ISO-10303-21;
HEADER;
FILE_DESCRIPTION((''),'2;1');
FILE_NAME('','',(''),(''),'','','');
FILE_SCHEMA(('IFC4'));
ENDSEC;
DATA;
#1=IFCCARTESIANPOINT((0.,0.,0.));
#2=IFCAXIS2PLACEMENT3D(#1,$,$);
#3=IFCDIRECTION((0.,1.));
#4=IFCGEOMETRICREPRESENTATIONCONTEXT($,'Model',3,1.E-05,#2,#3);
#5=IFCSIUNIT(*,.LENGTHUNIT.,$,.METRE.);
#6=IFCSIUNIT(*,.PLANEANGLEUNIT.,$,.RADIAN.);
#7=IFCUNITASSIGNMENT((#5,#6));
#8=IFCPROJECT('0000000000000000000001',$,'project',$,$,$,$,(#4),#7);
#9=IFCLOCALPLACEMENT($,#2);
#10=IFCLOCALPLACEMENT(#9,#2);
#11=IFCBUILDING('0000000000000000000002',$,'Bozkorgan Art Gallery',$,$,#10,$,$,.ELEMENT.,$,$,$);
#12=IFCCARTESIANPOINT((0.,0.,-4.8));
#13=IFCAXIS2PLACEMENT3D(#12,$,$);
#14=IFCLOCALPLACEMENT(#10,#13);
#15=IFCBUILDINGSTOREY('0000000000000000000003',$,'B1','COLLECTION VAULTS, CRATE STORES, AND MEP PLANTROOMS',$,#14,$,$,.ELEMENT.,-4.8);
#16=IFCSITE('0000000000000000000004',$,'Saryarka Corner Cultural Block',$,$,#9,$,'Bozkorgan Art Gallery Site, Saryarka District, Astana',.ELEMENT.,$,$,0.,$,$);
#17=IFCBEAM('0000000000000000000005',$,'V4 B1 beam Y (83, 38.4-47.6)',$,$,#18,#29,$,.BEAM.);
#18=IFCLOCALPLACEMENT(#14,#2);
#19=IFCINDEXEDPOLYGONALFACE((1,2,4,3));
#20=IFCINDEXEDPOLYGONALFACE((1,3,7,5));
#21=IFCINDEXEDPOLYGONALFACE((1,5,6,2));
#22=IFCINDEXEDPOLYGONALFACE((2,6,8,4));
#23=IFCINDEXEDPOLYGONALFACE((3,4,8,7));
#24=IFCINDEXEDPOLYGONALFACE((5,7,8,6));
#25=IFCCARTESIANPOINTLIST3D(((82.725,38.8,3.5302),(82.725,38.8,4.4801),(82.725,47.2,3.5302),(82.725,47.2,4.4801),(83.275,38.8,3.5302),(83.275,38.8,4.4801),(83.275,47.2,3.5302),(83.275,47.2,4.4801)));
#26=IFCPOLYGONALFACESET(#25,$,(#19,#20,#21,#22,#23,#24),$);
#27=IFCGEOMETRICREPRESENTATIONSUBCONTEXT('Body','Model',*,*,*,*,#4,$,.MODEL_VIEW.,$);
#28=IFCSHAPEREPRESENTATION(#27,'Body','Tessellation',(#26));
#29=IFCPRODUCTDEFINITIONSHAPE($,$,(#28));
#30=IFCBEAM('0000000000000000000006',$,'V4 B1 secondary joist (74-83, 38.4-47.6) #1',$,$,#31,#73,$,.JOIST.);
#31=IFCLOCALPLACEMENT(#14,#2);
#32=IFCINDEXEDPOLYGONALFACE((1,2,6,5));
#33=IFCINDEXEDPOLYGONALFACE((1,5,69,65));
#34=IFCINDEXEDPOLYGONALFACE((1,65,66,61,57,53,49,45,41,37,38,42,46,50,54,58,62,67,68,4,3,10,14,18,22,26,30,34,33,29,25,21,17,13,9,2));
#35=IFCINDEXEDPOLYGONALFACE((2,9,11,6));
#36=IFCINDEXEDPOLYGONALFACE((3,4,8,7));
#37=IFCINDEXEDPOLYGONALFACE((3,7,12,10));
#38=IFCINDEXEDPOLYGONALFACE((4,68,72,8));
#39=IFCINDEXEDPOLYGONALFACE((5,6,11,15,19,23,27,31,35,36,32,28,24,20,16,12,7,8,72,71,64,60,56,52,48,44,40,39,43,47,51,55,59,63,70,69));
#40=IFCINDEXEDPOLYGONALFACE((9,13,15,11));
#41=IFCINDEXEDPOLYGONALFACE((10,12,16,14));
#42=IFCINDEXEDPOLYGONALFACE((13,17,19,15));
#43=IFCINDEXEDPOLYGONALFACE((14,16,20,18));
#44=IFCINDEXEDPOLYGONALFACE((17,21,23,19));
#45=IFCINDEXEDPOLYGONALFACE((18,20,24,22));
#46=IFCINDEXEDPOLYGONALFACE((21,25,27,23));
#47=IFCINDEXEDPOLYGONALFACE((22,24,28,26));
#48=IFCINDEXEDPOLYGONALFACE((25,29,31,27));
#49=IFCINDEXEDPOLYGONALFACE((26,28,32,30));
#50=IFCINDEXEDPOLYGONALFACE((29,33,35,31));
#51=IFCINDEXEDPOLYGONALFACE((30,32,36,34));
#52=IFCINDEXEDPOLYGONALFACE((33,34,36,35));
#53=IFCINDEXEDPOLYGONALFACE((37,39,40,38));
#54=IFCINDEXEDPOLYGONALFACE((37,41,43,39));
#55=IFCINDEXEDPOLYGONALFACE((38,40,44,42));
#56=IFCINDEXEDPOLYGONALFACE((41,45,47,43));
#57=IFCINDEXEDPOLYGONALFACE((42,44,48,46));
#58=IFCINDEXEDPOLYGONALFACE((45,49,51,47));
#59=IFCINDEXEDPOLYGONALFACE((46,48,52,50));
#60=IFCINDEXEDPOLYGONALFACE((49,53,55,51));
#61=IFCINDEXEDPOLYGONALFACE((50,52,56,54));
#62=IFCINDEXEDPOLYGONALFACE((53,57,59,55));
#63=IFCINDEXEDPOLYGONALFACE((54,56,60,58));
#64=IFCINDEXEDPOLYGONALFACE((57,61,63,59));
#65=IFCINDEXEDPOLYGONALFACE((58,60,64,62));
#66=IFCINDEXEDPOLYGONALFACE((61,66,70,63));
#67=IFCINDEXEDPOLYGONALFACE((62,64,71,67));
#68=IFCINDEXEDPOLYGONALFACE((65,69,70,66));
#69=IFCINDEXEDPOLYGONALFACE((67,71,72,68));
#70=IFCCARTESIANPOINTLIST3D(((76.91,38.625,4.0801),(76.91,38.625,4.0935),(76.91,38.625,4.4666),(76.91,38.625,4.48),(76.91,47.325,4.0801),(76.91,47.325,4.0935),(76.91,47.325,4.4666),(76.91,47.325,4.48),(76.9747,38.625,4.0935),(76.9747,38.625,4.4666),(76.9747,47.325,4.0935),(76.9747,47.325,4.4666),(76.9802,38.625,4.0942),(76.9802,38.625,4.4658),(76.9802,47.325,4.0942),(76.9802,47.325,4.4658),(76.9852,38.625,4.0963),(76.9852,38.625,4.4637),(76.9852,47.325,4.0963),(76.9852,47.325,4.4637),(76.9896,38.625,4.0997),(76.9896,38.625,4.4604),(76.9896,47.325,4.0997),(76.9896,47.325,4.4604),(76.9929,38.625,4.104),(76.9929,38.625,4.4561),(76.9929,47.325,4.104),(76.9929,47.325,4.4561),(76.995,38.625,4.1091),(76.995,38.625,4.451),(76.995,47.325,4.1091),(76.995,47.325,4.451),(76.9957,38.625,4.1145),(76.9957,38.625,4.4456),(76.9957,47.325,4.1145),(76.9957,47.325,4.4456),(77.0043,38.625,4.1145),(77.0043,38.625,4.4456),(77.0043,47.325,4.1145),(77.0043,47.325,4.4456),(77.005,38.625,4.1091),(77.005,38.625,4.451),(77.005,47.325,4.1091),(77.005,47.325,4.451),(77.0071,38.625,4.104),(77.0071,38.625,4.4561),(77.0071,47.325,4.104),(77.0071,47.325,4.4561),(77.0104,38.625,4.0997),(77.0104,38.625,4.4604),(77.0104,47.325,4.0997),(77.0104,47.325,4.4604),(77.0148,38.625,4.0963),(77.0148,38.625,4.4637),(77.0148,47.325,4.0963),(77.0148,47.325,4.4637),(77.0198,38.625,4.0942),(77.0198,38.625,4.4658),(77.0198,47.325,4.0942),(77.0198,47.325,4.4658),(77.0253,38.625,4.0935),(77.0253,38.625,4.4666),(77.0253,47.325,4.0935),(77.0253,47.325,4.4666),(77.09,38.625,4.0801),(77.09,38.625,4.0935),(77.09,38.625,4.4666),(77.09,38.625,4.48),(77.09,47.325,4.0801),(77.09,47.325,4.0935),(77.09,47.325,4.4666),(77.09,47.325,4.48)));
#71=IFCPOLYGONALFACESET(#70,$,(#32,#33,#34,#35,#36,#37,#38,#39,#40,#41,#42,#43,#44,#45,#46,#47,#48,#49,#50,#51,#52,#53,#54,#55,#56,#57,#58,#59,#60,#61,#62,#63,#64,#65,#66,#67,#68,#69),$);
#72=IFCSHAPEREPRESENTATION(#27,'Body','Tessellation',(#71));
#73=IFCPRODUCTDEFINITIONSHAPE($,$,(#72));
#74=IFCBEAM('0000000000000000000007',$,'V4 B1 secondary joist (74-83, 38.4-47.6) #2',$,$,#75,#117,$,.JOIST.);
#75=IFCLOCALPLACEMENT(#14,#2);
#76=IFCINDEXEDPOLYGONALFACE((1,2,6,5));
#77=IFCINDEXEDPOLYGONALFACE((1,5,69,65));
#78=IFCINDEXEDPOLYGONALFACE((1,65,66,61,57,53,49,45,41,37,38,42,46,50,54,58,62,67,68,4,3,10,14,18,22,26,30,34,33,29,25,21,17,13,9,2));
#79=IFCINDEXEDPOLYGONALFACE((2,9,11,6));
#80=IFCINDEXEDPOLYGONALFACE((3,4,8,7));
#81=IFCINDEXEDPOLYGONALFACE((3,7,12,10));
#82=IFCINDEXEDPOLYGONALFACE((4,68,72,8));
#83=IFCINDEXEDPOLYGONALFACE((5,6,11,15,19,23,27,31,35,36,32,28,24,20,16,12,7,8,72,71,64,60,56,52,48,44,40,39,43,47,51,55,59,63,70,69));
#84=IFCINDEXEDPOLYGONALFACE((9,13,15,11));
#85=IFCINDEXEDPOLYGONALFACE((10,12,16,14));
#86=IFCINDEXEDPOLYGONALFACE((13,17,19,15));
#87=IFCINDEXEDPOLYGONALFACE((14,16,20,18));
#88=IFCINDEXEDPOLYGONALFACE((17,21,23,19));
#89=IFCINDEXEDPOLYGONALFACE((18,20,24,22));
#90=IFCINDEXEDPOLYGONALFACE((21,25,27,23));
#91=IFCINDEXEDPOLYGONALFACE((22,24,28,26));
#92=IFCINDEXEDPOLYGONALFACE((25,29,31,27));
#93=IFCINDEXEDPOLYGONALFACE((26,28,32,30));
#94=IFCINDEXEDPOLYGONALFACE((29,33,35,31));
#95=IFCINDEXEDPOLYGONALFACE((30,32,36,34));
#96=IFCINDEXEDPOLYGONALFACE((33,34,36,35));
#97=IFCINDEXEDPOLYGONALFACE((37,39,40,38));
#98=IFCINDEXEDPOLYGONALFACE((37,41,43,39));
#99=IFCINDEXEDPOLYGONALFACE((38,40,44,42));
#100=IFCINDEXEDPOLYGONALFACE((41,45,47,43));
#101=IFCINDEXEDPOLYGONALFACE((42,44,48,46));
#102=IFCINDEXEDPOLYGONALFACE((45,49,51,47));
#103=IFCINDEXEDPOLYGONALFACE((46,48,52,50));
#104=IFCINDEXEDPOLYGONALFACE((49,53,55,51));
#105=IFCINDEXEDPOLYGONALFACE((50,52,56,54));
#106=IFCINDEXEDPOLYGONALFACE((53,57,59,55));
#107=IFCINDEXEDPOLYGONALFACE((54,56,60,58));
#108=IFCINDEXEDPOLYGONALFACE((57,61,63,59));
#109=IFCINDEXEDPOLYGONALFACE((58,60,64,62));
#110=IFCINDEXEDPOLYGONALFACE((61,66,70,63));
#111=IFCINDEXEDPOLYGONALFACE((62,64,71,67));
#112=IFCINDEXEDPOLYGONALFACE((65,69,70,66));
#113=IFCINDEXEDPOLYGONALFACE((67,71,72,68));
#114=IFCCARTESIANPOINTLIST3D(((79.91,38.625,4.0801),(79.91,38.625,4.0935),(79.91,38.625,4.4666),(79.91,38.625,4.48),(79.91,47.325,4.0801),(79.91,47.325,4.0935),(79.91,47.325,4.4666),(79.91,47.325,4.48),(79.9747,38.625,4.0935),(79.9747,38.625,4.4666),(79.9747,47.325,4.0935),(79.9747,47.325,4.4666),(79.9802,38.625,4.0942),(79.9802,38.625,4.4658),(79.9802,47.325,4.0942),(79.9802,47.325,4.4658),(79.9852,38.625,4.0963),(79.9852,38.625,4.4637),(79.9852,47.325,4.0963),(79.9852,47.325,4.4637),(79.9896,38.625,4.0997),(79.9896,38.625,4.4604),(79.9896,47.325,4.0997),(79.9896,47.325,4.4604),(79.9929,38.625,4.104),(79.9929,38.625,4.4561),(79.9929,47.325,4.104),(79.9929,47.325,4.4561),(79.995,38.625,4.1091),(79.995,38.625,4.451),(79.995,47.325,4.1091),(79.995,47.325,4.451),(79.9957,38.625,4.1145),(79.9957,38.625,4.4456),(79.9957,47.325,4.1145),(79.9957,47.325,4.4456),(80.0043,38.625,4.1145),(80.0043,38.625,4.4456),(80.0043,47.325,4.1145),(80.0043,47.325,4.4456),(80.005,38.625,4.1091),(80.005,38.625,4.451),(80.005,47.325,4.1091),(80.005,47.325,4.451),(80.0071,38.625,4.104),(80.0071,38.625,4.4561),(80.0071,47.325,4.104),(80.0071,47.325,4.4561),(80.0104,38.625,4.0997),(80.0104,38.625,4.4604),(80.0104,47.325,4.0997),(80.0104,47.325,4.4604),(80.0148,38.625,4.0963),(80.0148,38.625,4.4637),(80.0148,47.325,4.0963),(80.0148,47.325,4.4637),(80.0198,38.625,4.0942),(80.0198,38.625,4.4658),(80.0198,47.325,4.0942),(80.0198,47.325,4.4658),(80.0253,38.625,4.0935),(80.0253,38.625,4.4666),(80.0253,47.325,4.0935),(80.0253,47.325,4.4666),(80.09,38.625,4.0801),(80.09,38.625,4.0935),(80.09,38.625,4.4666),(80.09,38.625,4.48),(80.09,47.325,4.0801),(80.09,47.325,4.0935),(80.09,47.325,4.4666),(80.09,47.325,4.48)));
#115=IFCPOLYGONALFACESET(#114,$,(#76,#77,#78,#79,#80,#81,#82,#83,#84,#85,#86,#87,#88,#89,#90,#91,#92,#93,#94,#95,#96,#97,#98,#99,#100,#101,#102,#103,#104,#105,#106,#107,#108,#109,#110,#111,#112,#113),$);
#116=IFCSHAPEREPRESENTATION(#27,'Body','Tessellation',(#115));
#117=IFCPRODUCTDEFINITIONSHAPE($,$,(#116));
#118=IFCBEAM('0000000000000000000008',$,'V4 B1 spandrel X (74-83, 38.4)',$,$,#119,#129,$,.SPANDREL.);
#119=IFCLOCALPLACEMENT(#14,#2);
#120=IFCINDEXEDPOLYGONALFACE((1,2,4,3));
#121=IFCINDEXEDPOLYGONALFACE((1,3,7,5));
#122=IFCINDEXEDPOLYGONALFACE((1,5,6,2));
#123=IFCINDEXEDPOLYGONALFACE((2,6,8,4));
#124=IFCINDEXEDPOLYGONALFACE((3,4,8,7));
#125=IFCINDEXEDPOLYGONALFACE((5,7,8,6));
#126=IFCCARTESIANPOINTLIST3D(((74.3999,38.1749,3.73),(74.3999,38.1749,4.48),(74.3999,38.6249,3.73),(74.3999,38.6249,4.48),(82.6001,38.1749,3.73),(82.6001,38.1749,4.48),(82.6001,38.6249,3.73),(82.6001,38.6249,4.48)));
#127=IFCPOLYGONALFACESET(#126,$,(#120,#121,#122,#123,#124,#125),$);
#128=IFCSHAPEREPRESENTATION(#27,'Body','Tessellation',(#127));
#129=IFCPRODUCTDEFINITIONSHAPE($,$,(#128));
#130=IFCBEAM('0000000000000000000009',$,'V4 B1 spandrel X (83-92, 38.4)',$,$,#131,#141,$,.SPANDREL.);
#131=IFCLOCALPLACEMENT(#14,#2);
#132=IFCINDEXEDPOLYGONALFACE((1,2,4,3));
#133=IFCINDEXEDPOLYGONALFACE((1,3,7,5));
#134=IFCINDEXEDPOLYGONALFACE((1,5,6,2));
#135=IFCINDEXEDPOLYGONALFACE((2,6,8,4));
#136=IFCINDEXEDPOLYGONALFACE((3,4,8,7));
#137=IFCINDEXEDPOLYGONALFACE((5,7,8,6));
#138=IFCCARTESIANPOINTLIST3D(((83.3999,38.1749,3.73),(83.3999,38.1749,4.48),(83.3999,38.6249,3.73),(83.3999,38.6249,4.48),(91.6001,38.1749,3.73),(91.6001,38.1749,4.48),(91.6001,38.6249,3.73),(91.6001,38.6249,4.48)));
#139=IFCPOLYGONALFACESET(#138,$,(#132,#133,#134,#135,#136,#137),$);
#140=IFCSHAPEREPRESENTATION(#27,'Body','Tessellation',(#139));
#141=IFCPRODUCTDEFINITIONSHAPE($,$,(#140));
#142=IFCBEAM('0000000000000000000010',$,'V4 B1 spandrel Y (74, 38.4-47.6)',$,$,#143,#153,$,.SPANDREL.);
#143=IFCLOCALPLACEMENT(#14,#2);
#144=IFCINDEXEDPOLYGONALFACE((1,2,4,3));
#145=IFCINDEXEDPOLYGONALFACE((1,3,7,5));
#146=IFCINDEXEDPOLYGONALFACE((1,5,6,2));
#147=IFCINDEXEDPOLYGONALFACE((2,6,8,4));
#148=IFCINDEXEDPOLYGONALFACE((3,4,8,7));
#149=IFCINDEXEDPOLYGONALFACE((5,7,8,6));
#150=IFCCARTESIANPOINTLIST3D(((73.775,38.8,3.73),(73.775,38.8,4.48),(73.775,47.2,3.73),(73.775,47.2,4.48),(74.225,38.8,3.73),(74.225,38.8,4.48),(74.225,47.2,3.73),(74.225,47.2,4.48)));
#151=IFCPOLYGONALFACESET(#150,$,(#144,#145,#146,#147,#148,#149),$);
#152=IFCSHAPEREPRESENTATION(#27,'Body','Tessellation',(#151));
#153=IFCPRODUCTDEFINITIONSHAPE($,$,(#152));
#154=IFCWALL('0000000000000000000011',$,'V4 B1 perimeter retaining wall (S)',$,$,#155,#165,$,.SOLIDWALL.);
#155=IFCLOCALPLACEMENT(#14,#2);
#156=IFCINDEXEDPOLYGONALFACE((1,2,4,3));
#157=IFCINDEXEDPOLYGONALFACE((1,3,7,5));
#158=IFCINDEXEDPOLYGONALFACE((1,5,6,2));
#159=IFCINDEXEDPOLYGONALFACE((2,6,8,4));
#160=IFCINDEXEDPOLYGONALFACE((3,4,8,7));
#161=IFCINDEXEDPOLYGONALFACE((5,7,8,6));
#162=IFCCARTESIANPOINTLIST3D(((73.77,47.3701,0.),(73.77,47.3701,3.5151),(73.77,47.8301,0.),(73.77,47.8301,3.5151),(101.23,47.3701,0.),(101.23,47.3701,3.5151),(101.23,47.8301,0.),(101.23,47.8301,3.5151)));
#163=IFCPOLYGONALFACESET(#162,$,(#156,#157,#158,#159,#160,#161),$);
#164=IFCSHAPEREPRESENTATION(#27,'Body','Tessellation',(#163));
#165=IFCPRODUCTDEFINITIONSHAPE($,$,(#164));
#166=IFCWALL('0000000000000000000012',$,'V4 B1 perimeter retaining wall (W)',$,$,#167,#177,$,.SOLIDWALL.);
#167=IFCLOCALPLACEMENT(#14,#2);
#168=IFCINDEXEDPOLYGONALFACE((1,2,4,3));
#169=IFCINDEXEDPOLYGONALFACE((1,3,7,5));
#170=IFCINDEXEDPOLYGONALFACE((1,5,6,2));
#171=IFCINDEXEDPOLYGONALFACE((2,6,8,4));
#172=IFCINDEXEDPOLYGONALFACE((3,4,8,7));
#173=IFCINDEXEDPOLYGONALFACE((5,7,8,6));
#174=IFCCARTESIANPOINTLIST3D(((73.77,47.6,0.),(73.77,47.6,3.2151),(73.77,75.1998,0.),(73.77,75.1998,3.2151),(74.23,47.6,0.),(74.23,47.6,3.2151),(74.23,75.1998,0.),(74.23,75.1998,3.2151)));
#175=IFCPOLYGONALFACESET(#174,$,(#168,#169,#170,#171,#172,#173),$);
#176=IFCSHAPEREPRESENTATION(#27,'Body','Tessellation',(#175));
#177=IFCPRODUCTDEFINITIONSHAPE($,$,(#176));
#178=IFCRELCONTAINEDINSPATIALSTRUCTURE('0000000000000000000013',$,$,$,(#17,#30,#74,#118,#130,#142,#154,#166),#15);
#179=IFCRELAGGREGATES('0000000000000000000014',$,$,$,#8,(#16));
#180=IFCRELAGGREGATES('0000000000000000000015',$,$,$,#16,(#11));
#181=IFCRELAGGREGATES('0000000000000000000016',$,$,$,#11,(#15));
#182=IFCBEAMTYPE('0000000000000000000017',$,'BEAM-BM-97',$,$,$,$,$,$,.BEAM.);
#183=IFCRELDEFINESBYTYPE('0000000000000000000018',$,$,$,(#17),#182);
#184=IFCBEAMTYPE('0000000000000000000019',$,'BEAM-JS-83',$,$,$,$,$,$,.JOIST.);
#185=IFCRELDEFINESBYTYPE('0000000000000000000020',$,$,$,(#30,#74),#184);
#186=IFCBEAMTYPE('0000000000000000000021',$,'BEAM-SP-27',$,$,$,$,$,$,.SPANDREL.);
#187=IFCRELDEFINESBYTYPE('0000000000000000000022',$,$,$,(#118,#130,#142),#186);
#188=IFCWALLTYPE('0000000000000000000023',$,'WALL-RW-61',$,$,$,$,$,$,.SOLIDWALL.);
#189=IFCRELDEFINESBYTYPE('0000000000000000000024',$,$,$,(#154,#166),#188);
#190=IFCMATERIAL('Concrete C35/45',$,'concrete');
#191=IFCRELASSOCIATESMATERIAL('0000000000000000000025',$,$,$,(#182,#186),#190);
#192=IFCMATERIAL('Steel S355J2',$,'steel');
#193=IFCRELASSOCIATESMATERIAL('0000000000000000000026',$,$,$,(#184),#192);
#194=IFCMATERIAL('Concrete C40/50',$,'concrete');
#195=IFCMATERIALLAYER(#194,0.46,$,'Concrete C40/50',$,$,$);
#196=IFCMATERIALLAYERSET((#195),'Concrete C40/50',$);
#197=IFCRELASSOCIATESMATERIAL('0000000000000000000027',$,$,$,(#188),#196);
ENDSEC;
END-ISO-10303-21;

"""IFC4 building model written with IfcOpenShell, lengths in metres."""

from ifc_helpers import new_model, si_unit, direction, frame, frame_2d, origin, origin_2d, place, context, subcontext, project, spatial, rectangle, i_section, extrude, material, layer, layer_set, material_profile, profile_set, type_object, element, save


model = new_model("IFC4")

# Units and contexts
model_context = context("Model", 3, precision=1e-05, world=origin(), true_north=direction((0.0, 1.0)))
body_context = subcontext(model_context, "Body", "Model", "MODEL_VIEW")
ifc_project = project(units=[si_unit("LENGTHUNIT", "METRE"), si_unit("PLANEANGLEUNIT", "RADIAN")], contexts=[model_context])

# Site, building, storey
site_placement = place(None, origin())
site = spatial("IfcSite", under=ifc_project, at=site_placement, Name="Saryarka Corner Cultural Block", LongName="Bozkorgan Art Gallery Site, Saryarka District, Astana", CompositionType="ELEMENT", RefElevation=0.0)
building_placement = place(site_placement, origin())
building = spatial("IfcBuilding", under=site, at=building_placement, Name="Bozkorgan Art Gallery", CompositionType="ELEMENT")
storey_placement = place(building_placement, frame((0.0, 0.0, -4.8)))
storey = spatial("IfcBuildingStorey", under=building, at=storey_placement, Name="B1", Description="COLLECTION VAULTS, CRATE STORES, AND MEP PLANTROOMS", CompositionType="ELEMENT", Elevation=-4.8)

# Shared definitions
ifc_material_1 = material(Name="Concrete C40/50", Category="concrete")

# Beams
ifc_material_2 = material(Name="Concrete C35/45", Category="concrete")
ifc_material_profile_1 = material_profile(ifc_material_2, rectangle(XDim=0.55, YDim=0.95, at=origin_2d()), Name="RC 550x950")
ifc_profile_set_1 = profile_set([ifc_material_profile_1], Name="Concrete C35/45")
beam_type_1 = type_object("IfcBeamType", Name="BEAM-BM-97", PredefinedType="BEAM", material=ifc_profile_set_1)
beam_1_placement = place(storey_placement, frame((83.0, 38.8, 4.0051), z_axis=(0.0, 1.0, 0.0), x_axis=(-1.0, 0.0, 0.0)))
element("IfcBeam", 1, at=beam_1_placement, inside=storey, type_object=beam_type_1, Name="V4 B1 beam Y (83, 38.4-47.6)", PredefinedType="BEAM", context=body_context, shape_type="SweptSolid", body=[
    extrude(rectangle(XDim=0.55, YDim=0.95, at=origin_2d()), origin(), (0.0, 0.0, 1.0), 8.3999),
])
ifc_material_3 = material(Name="Steel S355J2", Category="steel")
ifc_material_profile_2 = material_profile(ifc_material_3, i_section(OverallWidth=0.1799, OverallDepth=0.3999, WebThickness=0.0085, FlangeThickness=0.0134, FilletRadius=0.021, at=origin_2d()), Name="IPE 400")
ifc_profile_set_2 = profile_set([ifc_material_profile_2], Name="Steel S355J2")
beam_type_2 = type_object("IfcBeamType", Name="BEAM-JS-83", PredefinedType="JOIST", material=ifc_profile_set_2)
for number, where, z_axis, x_axis, name in (
    (2, (77.0, 38.625, 4.28), (0.0, 1.0, 0.0), (-1.0, 0.0, 0.0), "V4 B1 secondary joist (74-83, 38.4-47.6) #1"),
    (3, (80.0, 38.625, 4.28), (0.0, 1.0, 0.0), (-1.0, 0.0, 0.0), "V4 B1 secondary joist (74-83, 38.4-47.6) #2"),
):
    element("IfcBeam", number, at=place(storey_placement, frame(where, z_axis=z_axis, x_axis=x_axis)), inside=storey, type_object=beam_type_2, Name=name, PredefinedType="JOIST", context=body_context, shape_type="SweptSolid", body=[
        extrude(i_section(OverallWidth=0.1799, OverallDepth=0.3999, WebThickness=0.0085, FlangeThickness=0.0134, FilletRadius=0.021, at=origin_2d()), origin(), (0.0, 0.0, 1.0), 8.7),
    ])
ifc_material_profile_3 = material_profile(ifc_material_2, rectangle(XDim=0.45, YDim=0.75, at=origin_2d()), Name="RC 450x750")
ifc_profile_set_3 = profile_set([ifc_material_profile_3], Name="Concrete C35/45")
beam_type_3 = type_object("IfcBeamType", Name="BEAM-SP-27", PredefinedType="SPANDREL", material=ifc_profile_set_3)
for number, where, z_axis, x_axis, name in (
    (4, (74.3999, 38.3999, 4.105), (1.0, 0.0, 0.0), (0.0, 1.0, 0.0), "V4 B1 spandrel X (74-83, 38.4)"),
    (5, (83.3999, 38.3999, 4.105), (1.0, 0.0, 0.0), (0.0, 1.0, 0.0), "V4 B1 spandrel X (83-92, 38.4)"),
):
    element("IfcBeam", number, at=place(storey_placement, frame(where, z_axis=z_axis, x_axis=x_axis)), inside=storey, type_object=beam_type_3, Name=name, PredefinedType="SPANDREL", context=body_context, shape_type="SweptSolid", body=[
        extrude(rectangle(XDim=0.45, YDim=0.75, at=origin_2d()), origin(), (0.0, 0.0, 1.0), 8.2002),
    ])
beam_2_placement = place(storey_placement, frame((74.0, 38.8, 4.105), z_axis=(0.0, 1.0, 0.0), x_axis=(-1.0, 0.0, 0.0)))
element("IfcBeam", 6, at=beam_2_placement, inside=storey, type_object=beam_type_3, Name="V4 B1 spandrel Y (74, 38.4-47.6)", PredefinedType="SPANDREL", context=body_context, shape_type="SweptSolid", body=[
    extrude(rectangle(XDim=0.45, YDim=0.75, at=origin_2d()), origin(), (0.0, 0.0, 1.0), 8.3999),
])

# Walls
ifc_layer = layer(ifc_material_1, 0.46, Name="Concrete C40/50")
ifc_layer_set = layer_set([ifc_layer], Name="Concrete C40/50")
wall_type = type_object("IfcWallType", Name="WALL-RW-61", PredefinedType="SOLIDWALL", material=ifc_layer_set)
wall_1_placement = place(storey_placement, frame((73.77, 47.6001, 0.0), z_axis=(0.0, 0.0, 1.0), x_axis=(1.0, 0.0, 0.0)))
element("IfcWall", 7, at=wall_1_placement, inside=storey, type_object=wall_type, Name="V4 B1 perimeter retaining wall (S)", PredefinedType="SOLIDWALL", context=body_context, shape_type="SweptSolid", body=[
    extrude(rectangle(XDim=27.46, YDim=0.46, at=frame_2d((13.73, 0.0))), origin(), (0.0, 0.0, 1.0), 3.5151),
])
wall_2_placement = place(storey_placement, frame((74.0, 47.6001, 0.0), z_axis=(0.0, 0.0, 1.0), x_axis=(0.0, 1.0, 0.0)))
element("IfcWall", 8, at=wall_2_placement, inside=storey, type_object=wall_type, Name="V4 B1 perimeter retaining wall (W)", PredefinedType="SOLIDWALL", context=body_context, shape_type="SweptSolid", body=[
    extrude(rectangle(XDim=27.5999, YDim=0.46, at=frame_2d((13.7998, 0.0))), origin(), (0.0, 0.0, 1.0), 3.2151),
])

save(model, "model.ifc")
